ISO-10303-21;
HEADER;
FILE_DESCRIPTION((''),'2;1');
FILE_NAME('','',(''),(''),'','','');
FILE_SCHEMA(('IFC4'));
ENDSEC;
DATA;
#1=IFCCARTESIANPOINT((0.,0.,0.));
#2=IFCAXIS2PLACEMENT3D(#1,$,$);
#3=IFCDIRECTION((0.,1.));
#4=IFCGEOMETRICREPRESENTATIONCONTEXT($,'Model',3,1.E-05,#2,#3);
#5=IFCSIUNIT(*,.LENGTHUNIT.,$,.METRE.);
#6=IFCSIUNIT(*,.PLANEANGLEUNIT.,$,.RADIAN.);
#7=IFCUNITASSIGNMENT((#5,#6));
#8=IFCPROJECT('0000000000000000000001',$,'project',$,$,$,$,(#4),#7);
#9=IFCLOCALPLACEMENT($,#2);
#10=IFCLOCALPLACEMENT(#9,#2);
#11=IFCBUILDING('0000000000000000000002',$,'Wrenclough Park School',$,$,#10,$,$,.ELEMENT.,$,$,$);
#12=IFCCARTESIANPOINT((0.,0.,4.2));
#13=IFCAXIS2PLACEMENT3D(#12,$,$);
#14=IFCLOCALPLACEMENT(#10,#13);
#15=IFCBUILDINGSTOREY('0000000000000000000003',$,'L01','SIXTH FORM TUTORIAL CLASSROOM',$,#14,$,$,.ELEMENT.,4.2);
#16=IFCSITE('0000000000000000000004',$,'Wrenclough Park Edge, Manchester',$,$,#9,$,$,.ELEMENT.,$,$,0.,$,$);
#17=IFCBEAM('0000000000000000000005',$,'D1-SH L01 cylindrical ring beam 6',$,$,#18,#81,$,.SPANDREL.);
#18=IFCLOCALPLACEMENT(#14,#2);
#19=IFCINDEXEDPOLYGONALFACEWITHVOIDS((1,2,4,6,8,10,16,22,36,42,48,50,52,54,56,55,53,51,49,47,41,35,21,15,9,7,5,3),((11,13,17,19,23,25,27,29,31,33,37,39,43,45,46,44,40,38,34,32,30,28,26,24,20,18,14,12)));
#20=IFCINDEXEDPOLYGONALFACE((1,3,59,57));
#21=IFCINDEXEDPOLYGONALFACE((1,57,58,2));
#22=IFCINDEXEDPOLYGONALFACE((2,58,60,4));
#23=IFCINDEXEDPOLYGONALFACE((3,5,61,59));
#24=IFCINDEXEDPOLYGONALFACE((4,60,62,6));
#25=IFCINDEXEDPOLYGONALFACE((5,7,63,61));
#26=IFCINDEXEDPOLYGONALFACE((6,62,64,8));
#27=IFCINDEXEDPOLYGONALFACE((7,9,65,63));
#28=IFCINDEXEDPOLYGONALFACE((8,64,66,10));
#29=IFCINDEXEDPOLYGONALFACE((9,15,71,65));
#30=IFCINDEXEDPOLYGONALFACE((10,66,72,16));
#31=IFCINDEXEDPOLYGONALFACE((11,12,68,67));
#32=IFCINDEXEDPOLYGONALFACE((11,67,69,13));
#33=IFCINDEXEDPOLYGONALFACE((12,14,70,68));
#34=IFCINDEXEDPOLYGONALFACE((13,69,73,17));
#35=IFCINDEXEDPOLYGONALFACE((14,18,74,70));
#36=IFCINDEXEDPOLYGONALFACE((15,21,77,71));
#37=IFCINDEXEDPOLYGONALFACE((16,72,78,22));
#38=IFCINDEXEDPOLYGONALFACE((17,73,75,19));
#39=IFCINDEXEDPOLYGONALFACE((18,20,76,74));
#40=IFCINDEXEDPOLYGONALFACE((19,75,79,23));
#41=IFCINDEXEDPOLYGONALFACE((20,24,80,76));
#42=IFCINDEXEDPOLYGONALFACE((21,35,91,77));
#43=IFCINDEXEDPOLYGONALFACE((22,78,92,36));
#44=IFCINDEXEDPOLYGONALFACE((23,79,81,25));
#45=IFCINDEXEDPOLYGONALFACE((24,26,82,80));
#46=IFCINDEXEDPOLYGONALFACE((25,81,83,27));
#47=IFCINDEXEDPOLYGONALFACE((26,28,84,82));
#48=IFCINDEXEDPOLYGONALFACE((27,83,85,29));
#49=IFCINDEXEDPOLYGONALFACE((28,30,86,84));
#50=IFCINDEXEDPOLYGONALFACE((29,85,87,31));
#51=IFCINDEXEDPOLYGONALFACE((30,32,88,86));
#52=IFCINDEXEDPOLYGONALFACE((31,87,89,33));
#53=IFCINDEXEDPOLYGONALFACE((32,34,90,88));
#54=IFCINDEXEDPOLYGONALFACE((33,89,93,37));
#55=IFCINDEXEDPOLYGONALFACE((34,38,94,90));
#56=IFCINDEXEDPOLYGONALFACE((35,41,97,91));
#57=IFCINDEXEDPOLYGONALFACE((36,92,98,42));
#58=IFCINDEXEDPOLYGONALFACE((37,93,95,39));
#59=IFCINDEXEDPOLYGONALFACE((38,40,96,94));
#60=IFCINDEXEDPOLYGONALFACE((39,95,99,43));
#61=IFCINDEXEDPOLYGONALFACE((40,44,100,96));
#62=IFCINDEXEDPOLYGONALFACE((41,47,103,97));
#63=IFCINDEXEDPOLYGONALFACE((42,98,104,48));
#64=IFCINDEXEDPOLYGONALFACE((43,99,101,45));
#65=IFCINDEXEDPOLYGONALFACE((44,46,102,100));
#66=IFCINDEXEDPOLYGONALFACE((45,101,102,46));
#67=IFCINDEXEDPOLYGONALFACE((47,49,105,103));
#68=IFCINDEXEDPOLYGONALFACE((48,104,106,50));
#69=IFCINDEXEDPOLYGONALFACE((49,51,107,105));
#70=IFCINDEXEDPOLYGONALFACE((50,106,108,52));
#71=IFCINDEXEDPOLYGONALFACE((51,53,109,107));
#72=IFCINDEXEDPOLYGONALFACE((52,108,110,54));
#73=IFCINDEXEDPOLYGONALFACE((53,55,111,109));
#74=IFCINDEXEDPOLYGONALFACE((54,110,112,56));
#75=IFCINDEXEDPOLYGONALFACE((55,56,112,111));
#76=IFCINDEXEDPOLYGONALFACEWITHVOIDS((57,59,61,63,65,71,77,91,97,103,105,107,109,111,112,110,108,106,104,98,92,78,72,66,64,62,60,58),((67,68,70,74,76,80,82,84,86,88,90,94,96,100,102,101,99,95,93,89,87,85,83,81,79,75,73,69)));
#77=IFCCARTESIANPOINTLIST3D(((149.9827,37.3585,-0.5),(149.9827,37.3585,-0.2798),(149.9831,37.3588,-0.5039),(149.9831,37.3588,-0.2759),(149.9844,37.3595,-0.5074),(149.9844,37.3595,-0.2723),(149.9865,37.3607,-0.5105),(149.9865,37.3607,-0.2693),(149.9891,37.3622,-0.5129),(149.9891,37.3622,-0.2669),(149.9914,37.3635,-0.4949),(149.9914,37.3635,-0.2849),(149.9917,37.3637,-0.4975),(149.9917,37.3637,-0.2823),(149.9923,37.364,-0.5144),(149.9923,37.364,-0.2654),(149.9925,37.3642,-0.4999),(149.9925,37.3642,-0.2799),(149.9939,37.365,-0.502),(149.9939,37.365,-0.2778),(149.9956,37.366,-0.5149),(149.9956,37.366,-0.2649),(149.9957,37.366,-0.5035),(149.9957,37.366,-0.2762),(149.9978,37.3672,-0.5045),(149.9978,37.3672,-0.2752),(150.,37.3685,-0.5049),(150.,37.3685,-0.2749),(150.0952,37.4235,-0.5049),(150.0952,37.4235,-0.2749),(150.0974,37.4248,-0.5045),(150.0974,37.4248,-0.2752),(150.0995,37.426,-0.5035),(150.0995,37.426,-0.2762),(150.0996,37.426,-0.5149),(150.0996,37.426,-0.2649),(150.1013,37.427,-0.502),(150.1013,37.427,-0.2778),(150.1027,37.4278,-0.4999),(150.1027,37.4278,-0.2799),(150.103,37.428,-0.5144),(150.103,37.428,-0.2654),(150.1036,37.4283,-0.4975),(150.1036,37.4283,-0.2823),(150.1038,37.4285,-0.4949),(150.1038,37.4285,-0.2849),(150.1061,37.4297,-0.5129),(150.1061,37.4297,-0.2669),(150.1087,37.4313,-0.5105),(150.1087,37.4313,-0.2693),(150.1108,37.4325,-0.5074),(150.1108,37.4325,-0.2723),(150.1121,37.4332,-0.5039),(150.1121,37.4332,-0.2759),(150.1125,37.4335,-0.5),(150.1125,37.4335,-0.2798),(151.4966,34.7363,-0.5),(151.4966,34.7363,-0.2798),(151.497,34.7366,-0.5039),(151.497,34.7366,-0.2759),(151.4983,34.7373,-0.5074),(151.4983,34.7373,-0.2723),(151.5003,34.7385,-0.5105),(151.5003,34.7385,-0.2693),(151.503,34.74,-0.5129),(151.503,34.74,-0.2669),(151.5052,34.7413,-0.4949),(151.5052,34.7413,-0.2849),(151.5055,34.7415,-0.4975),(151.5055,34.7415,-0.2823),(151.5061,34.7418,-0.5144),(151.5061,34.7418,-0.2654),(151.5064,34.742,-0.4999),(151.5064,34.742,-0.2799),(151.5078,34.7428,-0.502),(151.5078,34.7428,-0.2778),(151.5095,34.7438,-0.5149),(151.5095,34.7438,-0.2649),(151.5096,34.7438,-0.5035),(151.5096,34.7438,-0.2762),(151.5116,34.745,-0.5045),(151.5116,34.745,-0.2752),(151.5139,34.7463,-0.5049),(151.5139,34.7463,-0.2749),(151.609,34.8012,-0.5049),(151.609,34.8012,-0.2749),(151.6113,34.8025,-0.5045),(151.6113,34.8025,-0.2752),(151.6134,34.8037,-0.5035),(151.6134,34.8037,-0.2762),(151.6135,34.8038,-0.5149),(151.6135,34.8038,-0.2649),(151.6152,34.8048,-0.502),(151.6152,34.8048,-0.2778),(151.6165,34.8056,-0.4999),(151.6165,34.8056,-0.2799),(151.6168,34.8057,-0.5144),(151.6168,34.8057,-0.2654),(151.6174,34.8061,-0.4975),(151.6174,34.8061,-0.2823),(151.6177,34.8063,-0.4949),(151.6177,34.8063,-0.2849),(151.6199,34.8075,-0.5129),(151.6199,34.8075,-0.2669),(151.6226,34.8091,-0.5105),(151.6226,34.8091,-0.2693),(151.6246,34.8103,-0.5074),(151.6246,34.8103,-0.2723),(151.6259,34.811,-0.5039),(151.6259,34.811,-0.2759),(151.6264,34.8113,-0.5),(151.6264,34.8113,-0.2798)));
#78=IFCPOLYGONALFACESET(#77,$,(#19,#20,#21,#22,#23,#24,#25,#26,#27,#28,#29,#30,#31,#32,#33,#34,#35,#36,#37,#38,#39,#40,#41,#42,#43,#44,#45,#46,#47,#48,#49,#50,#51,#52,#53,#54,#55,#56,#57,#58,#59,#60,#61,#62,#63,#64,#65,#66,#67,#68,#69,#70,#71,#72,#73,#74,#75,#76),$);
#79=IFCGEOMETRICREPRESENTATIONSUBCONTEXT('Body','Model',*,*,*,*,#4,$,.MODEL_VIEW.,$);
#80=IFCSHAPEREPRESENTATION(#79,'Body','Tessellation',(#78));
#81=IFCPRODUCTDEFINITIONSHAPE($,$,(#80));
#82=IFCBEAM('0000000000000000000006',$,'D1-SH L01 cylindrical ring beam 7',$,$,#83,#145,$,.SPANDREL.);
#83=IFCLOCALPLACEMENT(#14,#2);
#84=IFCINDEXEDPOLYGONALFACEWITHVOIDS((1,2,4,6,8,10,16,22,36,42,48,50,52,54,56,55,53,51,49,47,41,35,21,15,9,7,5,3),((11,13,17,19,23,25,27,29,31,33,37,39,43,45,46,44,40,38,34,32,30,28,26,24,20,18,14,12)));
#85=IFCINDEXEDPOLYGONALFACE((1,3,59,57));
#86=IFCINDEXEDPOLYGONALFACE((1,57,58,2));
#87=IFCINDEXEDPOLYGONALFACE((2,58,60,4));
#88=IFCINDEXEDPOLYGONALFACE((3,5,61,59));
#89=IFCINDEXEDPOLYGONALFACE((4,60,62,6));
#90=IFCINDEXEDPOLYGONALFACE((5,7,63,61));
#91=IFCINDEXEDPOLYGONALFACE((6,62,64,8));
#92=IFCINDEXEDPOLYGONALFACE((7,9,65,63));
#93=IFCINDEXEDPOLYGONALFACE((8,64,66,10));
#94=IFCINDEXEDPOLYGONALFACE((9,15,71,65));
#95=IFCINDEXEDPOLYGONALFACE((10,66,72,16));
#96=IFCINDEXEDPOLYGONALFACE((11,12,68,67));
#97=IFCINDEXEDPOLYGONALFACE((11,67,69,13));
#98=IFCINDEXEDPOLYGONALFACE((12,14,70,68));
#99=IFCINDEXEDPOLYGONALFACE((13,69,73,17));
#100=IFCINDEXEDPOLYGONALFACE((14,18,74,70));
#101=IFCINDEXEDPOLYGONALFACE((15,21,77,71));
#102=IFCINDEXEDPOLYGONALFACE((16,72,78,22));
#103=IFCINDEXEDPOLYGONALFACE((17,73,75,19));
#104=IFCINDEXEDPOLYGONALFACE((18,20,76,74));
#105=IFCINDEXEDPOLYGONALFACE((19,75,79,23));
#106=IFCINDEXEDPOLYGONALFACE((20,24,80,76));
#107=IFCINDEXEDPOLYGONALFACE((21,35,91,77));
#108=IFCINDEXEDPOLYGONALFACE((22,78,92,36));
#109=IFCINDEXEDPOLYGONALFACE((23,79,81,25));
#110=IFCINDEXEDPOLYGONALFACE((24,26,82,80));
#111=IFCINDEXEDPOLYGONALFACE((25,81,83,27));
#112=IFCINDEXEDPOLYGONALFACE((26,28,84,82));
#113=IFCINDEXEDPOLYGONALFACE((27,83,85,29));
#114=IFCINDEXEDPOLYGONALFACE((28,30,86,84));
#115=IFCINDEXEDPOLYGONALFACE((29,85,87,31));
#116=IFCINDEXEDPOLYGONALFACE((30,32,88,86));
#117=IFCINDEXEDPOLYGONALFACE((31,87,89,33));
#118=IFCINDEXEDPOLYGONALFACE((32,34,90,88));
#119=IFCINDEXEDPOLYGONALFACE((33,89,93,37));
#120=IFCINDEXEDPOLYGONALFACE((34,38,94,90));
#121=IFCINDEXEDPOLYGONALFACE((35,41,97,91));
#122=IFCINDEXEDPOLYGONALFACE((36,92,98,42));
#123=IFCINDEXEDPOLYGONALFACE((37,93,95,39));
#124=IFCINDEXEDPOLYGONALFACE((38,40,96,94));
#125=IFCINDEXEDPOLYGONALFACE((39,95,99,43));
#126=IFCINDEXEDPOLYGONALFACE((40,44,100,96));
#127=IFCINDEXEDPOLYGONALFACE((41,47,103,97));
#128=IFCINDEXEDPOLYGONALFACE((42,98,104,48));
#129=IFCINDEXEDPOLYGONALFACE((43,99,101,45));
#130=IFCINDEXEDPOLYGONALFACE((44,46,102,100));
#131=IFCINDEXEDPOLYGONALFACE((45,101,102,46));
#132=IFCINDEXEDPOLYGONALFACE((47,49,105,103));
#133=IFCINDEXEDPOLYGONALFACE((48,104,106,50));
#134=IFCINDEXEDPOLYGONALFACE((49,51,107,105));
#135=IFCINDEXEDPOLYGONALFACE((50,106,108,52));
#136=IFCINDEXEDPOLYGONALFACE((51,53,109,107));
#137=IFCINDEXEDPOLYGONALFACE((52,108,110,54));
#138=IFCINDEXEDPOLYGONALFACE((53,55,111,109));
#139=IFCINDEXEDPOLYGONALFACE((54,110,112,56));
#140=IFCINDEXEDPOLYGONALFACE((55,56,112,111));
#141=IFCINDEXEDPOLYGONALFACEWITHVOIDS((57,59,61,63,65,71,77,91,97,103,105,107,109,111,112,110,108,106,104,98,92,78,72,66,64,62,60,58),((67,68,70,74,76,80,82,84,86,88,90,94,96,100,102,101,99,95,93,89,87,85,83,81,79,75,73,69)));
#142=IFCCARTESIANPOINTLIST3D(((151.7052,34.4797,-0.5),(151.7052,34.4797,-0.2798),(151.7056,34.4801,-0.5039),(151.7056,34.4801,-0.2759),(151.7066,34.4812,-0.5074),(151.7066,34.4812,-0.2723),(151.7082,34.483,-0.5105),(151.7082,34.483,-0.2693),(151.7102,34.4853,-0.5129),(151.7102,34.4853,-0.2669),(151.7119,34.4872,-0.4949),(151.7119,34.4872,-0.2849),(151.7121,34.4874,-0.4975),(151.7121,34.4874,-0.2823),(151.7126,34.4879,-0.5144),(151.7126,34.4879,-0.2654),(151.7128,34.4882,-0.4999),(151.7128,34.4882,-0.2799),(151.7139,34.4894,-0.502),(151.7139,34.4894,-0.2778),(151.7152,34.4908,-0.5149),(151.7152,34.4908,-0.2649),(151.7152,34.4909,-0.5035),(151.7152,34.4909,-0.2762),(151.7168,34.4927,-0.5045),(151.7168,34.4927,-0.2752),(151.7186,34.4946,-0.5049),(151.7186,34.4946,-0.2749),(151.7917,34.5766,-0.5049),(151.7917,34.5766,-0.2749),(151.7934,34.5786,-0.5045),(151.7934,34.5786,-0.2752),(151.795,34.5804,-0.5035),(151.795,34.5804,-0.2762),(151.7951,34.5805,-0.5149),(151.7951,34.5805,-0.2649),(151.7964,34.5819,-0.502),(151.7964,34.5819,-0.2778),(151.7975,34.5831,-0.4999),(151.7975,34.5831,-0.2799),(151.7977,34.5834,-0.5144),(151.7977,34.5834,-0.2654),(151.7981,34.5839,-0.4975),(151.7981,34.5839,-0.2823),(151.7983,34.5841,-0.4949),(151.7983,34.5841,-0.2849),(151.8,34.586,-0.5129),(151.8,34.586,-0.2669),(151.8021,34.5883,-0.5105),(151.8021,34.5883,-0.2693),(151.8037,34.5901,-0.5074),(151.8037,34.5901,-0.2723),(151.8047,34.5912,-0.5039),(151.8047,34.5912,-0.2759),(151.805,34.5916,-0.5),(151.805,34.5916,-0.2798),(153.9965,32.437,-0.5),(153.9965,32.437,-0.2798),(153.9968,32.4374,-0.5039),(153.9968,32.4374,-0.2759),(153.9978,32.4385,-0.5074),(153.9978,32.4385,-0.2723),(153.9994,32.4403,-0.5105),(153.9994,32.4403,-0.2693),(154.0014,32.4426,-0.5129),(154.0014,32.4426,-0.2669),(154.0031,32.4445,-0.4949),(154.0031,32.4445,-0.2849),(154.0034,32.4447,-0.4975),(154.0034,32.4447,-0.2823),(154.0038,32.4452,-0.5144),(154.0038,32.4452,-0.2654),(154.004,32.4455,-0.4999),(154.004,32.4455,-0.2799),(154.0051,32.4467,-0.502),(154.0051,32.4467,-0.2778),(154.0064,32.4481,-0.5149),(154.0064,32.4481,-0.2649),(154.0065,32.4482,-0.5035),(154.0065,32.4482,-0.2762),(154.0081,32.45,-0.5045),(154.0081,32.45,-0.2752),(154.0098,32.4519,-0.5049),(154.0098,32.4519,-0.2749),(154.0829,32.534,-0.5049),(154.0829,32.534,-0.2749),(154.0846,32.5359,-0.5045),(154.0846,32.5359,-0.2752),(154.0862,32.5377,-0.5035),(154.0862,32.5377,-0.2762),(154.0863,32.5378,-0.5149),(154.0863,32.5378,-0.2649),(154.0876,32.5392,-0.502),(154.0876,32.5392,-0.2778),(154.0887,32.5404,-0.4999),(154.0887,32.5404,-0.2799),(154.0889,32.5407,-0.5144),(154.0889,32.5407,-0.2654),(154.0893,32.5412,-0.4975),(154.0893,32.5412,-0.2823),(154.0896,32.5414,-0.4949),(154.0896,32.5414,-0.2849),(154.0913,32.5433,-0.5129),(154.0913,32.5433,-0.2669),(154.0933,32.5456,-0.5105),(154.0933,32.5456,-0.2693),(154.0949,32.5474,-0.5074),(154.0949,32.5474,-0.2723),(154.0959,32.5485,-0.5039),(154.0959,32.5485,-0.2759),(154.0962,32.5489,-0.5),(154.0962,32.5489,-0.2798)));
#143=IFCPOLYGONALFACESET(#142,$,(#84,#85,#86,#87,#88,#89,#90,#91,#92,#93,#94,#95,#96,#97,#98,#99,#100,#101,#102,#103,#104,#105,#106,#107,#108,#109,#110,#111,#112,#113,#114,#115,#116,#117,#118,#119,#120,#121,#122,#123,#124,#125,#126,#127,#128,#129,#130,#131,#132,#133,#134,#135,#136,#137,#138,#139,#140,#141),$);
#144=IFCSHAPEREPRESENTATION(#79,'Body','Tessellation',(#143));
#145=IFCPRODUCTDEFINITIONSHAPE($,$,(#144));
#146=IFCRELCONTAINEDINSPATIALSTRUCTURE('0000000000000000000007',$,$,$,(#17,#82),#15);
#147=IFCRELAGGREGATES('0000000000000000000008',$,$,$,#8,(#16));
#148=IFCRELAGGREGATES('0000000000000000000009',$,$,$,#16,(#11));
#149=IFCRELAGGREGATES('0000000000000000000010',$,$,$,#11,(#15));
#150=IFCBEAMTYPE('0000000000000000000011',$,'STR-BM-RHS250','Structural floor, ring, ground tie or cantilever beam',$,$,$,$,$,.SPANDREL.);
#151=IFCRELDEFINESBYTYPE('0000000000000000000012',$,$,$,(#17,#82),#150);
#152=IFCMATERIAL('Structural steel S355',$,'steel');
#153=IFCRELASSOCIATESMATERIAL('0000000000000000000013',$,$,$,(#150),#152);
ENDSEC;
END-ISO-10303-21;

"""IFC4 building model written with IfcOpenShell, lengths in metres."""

from ifc_helpers import new_model, si_unit, direction, frame, origin, origin_2d, place, context, subcontext, project, spatial, hollow_rectangle, extrude, material, material_profile, profile_set, type_object, element, save


model = new_model("IFC4")

# Units and contexts
model_context = context("Model", 3, precision=1e-05, world=origin(), true_north=direction((0.0, 1.0)))
body_context = subcontext(model_context, "Body", "Model", "MODEL_VIEW")
ifc_project = project(units=[si_unit("LENGTHUNIT", "METRE"), si_unit("PLANEANGLEUNIT", "RADIAN")], contexts=[model_context])

# Site, building, storey
site_placement = place(None, origin())
site = spatial("IfcSite", under=ifc_project, at=site_placement, Name="Wrenclough Park Edge, Manchester", CompositionType="ELEMENT", RefElevation=0.0)
building_placement = place(site_placement, origin())
building = spatial("IfcBuilding", under=site, at=building_placement, Name="Wrenclough Park School", CompositionType="ELEMENT")
storey_placement = place(building_placement, frame((0.0, 0.0, 4.2)))
storey = spatial("IfcBuildingStorey", under=building, at=storey_placement, Name="L01", Description="SIXTH FORM TUTORIAL CLASSROOM", CompositionType="ELEMENT", Elevation=4.2)

# Shared definitions
ifc_material_1 = material(Name="Structural steel S355", Category="steel")

# Beams
ifc_material_profile_1 = material_profile(ifc_material_1, hollow_rectangle(XDim=0.1499, YDim=0.25, WallThickness=0.01, InnerFilletRadius=0.01, OuterFilletRadius=0.0149, at=origin_2d()), Name="RHS 250x150x10.0")
ifc_profile_set_1 = profile_set([ifc_material_profile_1], Name="Structural steel S355")
beam_type_1 = type_object("IfcBeamType", Name="STR-BM-RHS250", Description="Structural floor, ring, ground tie or cantilever beam", PredefinedType="SPANDREL", material=ifc_profile_set_1)
for number, where, z_axis, x_axis, name in (
    (1, (150.0476, 37.396, -0.3899), (0.499981, -0.866037, 0.0), (0.866037, 0.499981, 0.0), "D1-SH L01 cylindrical ring beam 6"),
):
    element("IfcBeam", number, at=place(storey_placement, frame(where, z_axis=z_axis, x_axis=x_axis)), inside=storey, type_object=beam_type_1, Name=name, PredefinedType="SPANDREL", context=body_context, shape_type="SweptSolid", body=[
        extrude(hollow_rectangle(XDim=0.1499, YDim=0.25, WallThickness=0.01, InnerFilletRadius=0.01, OuterFilletRadius=0.0149, at=origin_2d()), origin(), (0.0, 0.0, 1.0), 3.0278),
    ])
beam_1_placement = place(storey_placement, frame((151.7551, 34.5356, -0.3899), z_axis=(0.74643, -0.665464, 0.0), x_axis=(0.665464, 0.74643, 0.0)))
element("IfcBeam", 2, at=beam_1_placement, inside=storey, type_object=beam_type_1, Name="D1-SH L01 cylindrical ring beam 7", PredefinedType="SPANDREL", context=body_context, shape_type="SweptSolid", body=[
    extrude(hollow_rectangle(XDim=0.1499, YDim=0.25, WallThickness=0.01, InnerFilletRadius=0.01, OuterFilletRadius=0.0149, at=origin_2d()), origin(), (0.0, 0.0, 1.0), 3.0696),
])

save(model, "model.ifc")
